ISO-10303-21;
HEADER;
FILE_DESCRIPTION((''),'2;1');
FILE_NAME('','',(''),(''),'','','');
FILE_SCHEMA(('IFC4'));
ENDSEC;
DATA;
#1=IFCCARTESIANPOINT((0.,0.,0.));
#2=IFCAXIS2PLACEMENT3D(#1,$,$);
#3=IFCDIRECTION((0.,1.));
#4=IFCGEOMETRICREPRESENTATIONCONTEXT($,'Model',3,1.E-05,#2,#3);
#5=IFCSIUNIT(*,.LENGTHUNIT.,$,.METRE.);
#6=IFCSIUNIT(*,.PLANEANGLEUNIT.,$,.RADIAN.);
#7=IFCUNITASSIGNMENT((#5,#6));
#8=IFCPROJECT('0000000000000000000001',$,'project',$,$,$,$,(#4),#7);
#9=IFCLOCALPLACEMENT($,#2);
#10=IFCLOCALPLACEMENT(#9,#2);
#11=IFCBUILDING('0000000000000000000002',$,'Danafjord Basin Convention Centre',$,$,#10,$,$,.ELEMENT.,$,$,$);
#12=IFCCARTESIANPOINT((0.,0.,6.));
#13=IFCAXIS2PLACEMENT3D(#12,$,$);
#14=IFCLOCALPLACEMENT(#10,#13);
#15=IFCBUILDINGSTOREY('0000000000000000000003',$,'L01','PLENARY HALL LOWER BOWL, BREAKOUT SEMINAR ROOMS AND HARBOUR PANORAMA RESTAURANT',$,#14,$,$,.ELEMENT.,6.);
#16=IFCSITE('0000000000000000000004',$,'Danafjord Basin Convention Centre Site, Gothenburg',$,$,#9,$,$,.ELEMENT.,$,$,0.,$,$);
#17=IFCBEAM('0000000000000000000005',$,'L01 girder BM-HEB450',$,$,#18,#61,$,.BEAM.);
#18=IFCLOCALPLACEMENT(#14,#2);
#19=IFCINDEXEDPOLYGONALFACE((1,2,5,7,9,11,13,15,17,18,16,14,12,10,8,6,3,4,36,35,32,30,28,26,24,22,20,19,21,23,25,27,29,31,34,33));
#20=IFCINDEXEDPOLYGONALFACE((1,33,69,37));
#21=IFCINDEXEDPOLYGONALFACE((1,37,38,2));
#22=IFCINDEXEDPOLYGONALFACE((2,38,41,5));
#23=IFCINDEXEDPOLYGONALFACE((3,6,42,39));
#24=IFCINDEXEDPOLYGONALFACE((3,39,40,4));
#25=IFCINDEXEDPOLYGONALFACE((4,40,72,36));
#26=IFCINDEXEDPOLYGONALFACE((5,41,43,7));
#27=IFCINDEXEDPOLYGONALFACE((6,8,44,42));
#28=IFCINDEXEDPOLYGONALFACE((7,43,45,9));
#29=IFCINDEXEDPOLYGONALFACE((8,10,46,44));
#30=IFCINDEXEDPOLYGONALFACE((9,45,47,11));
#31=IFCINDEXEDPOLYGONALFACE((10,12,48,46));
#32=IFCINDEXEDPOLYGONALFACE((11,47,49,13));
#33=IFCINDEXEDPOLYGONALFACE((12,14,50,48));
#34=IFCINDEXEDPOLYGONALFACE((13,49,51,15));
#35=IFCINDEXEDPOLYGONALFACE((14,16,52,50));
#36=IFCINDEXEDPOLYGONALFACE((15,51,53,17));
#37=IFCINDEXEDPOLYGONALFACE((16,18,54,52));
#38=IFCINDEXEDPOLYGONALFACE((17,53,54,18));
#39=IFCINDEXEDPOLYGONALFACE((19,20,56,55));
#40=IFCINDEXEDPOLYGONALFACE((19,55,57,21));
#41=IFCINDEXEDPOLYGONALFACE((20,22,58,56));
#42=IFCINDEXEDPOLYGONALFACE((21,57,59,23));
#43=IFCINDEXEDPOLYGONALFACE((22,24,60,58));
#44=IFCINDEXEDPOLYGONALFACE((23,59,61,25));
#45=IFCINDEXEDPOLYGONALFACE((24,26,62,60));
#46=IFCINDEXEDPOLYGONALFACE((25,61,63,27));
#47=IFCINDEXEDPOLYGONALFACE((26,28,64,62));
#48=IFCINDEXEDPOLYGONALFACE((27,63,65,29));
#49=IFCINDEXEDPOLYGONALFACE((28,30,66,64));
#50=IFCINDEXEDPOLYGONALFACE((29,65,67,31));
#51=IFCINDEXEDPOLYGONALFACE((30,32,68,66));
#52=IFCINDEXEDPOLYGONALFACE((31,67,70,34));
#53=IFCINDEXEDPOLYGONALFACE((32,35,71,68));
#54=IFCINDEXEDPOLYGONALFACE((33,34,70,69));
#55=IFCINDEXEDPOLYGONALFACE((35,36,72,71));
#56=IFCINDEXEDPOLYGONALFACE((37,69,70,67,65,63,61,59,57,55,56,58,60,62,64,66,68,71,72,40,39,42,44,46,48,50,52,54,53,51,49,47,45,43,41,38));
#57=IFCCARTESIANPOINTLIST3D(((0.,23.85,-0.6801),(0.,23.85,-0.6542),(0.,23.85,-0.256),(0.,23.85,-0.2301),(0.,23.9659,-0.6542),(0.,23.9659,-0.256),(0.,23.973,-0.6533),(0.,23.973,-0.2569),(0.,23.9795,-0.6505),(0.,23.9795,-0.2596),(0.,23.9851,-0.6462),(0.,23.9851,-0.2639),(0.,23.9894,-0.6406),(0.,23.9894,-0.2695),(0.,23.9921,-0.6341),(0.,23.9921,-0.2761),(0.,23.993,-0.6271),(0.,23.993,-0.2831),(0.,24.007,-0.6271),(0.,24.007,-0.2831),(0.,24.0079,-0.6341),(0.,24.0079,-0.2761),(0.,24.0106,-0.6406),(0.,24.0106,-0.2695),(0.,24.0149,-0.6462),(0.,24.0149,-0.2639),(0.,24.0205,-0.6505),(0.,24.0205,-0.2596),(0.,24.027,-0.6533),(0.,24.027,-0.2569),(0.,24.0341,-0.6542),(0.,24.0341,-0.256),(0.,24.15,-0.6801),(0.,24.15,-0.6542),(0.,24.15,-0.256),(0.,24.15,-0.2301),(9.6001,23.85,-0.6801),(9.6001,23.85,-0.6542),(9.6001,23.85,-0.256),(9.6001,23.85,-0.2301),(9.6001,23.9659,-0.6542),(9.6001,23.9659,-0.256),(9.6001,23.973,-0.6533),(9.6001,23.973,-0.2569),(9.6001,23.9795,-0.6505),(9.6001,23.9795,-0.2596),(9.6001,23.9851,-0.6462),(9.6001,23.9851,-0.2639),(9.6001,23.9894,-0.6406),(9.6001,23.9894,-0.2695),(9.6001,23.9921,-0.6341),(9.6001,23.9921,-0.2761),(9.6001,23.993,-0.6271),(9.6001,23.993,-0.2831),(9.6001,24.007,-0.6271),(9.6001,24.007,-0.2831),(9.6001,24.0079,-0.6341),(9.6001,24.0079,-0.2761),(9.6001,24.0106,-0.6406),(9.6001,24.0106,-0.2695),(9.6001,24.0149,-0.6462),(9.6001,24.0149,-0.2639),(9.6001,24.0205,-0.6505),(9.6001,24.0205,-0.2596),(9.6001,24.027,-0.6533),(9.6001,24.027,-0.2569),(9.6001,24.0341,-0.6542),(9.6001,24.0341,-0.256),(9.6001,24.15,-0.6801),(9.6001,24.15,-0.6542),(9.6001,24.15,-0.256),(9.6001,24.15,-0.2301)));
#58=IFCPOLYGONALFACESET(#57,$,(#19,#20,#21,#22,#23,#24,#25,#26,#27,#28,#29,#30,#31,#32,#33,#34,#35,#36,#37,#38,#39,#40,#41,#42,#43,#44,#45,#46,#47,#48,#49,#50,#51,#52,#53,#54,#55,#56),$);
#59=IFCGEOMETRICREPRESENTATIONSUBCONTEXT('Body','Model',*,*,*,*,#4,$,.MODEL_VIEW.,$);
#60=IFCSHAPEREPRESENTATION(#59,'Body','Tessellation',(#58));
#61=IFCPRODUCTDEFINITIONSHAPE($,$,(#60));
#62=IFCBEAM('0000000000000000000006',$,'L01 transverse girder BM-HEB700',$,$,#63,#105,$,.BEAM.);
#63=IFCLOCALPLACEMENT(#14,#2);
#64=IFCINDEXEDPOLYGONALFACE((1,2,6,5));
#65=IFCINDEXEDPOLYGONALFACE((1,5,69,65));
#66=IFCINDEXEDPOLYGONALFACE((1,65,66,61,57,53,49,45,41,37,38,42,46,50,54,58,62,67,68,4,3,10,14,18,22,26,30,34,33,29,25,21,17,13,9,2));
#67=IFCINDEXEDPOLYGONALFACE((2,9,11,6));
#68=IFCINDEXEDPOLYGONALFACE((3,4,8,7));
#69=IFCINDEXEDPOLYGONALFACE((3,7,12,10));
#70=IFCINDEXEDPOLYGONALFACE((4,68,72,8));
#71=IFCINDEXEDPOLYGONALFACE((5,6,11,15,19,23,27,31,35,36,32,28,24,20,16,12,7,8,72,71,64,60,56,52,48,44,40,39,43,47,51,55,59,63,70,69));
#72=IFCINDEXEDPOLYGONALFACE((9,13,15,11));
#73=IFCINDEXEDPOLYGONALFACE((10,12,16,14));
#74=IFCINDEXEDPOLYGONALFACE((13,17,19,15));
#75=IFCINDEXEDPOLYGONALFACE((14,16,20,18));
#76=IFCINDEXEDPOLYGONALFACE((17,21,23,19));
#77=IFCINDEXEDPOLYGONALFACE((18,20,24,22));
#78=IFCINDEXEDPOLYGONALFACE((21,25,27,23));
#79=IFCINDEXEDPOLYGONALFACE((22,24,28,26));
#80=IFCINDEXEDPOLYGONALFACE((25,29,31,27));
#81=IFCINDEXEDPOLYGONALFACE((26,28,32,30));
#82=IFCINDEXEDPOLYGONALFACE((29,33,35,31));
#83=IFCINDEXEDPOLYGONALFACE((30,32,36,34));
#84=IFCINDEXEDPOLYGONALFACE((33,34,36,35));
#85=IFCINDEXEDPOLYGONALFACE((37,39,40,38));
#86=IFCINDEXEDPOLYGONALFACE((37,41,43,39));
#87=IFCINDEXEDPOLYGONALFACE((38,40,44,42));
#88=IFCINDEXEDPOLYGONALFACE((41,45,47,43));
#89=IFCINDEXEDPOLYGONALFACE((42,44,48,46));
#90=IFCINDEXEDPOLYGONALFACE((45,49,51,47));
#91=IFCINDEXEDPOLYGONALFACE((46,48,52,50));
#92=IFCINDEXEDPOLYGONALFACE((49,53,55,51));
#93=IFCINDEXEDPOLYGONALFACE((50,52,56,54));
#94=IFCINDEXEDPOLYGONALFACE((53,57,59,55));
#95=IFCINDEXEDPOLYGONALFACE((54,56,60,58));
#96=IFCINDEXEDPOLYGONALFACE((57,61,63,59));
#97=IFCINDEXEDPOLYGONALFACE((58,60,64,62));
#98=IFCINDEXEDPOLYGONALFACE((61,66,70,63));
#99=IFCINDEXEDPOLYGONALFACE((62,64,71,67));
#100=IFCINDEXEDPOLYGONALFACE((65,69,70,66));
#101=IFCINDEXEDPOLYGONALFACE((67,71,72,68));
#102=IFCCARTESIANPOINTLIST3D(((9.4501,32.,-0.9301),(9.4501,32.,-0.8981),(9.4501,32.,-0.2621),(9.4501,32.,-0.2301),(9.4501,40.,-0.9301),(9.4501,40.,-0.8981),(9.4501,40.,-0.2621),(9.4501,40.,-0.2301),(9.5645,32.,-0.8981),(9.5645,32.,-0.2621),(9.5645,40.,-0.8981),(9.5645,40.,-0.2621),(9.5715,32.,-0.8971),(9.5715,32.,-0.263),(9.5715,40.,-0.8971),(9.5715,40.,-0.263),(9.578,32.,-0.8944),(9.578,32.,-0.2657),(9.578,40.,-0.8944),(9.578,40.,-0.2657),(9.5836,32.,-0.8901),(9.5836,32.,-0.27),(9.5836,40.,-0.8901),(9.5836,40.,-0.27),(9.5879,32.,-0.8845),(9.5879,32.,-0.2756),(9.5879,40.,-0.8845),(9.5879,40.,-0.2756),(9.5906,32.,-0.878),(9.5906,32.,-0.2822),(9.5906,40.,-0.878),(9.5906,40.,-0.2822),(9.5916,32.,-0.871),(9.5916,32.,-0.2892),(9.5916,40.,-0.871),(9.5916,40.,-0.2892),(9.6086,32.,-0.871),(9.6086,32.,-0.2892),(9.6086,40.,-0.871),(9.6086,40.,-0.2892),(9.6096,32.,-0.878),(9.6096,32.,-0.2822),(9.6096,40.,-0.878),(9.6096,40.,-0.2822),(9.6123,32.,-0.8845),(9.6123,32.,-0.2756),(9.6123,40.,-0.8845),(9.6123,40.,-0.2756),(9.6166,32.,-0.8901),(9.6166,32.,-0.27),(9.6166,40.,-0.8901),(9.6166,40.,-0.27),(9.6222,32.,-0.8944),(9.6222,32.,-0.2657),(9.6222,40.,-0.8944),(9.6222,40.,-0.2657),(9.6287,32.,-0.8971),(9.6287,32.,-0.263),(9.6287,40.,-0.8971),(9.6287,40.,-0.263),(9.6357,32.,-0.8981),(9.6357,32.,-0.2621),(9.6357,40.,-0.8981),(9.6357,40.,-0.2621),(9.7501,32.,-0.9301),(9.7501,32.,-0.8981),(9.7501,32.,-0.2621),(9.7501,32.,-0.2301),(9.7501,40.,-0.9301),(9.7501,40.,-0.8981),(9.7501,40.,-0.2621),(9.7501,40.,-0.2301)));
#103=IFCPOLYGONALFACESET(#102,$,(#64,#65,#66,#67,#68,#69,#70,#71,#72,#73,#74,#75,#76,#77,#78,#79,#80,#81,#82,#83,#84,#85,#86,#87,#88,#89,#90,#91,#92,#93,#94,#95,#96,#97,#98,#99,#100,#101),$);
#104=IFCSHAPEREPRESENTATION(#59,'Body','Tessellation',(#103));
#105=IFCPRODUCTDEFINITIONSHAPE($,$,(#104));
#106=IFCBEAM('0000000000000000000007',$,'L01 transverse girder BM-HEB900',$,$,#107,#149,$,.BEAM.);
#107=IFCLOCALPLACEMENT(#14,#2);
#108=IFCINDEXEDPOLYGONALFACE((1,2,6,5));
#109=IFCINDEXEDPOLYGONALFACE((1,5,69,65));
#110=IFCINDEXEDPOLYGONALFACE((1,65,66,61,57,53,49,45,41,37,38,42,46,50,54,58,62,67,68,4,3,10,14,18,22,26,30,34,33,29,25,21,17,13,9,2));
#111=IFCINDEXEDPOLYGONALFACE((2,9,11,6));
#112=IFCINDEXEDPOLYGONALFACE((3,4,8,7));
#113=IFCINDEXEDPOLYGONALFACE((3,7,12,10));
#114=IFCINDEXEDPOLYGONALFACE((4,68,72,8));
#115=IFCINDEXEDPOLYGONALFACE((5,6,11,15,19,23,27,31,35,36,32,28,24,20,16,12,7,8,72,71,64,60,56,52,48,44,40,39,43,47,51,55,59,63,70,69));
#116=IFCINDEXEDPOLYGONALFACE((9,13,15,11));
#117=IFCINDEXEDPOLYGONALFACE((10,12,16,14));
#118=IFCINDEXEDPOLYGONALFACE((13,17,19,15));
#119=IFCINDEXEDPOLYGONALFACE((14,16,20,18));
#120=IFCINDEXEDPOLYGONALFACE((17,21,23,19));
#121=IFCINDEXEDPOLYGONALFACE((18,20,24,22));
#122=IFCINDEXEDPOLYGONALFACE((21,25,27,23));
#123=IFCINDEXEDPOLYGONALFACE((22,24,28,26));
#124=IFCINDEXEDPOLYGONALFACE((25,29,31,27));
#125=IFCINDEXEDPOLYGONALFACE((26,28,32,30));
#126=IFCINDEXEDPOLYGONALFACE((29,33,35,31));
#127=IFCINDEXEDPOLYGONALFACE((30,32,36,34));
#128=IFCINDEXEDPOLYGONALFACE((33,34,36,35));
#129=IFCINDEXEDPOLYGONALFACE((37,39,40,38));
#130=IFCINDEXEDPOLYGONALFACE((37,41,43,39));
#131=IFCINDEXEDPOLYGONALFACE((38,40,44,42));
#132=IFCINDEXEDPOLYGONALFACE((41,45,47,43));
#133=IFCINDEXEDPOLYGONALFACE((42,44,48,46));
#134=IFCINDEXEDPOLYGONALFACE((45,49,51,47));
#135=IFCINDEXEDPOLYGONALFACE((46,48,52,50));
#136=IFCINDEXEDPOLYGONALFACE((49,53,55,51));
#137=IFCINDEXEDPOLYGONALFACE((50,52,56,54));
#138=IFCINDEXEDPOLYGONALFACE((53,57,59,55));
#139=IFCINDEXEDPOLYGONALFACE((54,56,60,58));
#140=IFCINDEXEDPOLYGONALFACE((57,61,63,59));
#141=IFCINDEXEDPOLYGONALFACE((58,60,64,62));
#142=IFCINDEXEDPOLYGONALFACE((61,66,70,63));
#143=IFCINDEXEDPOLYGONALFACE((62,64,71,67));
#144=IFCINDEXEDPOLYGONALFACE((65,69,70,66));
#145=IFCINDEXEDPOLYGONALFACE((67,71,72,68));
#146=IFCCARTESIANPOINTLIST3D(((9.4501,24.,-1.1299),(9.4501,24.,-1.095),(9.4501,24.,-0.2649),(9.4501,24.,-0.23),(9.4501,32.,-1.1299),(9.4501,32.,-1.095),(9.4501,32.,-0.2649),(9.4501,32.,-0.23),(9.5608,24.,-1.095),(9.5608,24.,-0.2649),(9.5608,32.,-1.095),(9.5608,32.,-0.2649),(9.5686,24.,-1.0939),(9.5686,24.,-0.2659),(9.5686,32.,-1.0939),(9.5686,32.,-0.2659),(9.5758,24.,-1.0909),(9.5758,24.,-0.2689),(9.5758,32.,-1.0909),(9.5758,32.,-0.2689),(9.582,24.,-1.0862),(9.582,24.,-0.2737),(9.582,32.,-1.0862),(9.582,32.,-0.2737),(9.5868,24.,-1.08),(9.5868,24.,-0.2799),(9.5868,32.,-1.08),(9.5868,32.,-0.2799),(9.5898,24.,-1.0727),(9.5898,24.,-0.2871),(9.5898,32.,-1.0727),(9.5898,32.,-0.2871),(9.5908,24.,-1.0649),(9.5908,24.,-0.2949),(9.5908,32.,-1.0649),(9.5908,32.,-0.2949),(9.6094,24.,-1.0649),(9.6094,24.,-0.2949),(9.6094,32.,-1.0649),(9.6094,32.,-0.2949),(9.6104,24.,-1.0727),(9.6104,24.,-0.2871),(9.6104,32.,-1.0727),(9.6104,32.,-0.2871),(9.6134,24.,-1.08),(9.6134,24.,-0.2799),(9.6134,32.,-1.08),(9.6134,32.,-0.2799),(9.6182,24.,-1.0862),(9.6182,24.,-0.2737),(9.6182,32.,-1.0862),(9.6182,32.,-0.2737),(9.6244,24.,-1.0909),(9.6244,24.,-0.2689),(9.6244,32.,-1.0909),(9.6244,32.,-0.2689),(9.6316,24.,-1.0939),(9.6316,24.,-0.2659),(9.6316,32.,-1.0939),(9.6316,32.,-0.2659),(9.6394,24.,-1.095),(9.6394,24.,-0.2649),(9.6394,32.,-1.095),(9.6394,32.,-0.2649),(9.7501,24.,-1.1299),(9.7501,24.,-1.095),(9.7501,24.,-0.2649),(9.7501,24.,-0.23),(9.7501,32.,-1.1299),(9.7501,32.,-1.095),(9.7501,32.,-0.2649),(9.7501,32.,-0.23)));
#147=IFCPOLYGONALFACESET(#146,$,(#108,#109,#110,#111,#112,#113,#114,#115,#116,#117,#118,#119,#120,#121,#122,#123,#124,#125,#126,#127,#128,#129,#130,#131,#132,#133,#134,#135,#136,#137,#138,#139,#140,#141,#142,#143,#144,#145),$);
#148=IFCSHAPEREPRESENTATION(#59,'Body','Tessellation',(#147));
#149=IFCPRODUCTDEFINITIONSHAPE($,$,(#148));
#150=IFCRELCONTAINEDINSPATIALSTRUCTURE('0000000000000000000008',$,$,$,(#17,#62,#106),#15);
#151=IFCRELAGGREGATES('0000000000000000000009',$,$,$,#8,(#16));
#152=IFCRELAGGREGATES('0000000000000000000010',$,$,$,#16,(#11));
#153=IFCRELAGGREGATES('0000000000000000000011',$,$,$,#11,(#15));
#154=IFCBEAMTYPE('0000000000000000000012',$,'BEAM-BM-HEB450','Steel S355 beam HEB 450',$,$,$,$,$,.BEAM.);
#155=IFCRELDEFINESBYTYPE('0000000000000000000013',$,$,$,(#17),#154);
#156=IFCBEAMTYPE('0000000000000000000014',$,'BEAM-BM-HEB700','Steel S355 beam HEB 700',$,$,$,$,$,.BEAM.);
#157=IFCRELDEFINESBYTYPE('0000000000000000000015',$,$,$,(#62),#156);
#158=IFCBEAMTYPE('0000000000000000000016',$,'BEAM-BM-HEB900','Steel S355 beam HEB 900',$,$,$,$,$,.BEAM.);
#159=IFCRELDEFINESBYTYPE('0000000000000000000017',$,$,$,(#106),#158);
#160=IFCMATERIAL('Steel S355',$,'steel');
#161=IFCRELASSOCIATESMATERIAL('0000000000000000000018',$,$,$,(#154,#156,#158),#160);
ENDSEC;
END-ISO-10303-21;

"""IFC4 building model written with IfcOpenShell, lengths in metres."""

from ifc_helpers import new_model, si_unit, direction, frame, origin, origin_2d, place, context, subcontext, project, spatial, i_section, extrude, material, material_profile, profile_set, type_object, element, save


model = new_model("IFC4")

# Units and contexts
model_context = context("Model", 3, precision=1e-05, world=origin(), true_north=direction((0.0, 1.0)))
body_context = subcontext(model_context, "Body", "Model", "MODEL_VIEW")
ifc_project = project(units=[si_unit("LENGTHUNIT", "METRE"), si_unit("PLANEANGLEUNIT", "RADIAN")], contexts=[model_context])

# Site, building, storey
site_placement = place(None, origin())
site = spatial("IfcSite", under=ifc_project, at=site_placement, Name="Danafjord Basin Convention Centre Site, Gothenburg", CompositionType="ELEMENT", RefElevation=0.0)
building_placement = place(site_placement, origin())
building = spatial("IfcBuilding", under=site, at=building_placement, Name="Danafjord Basin Convention Centre", CompositionType="ELEMENT")
storey_placement = place(building_placement, frame((0.0, 0.0, 6.0)))
storey = spatial("IfcBuildingStorey", under=building, at=storey_placement, Name="L01", Description="PLENARY HALL LOWER BOWL, BREAKOUT SEMINAR ROOMS AND HARBOUR PANORAMA RESTAURANT", CompositionType="ELEMENT", Elevation=6.0)

# Shared definitions
ifc_material_1 = material(Name="Steel S355", Category="steel")

# Beams
ifc_material_profile_1 = material_profile(ifc_material_1, i_section(OverallWidth=0.3, OverallDepth=0.45, WebThickness=0.0139, FlangeThickness=0.0259, FilletRadius=0.0271, at=origin_2d()), Name="HEB 450")
ifc_profile_set_1 = profile_set([ifc_material_profile_1], Name="Steel S355")
beam_type_1 = type_object("IfcBeamType", Name="BEAM-BM-HEB450", Description="Steel S355 beam HEB 450", PredefinedType="BEAM", material=ifc_profile_set_1)
beam_1_placement = place(storey_placement, frame((0.0, 24.0, -0.4551), z_axis=(1.0, 0.0, 0.0), x_axis=(0.0, 1.0, 0.0)))
element("IfcBeam", 1, at=beam_1_placement, inside=storey, type_object=beam_type_1, Name="L01 girder BM-HEB450", PredefinedType="BEAM", context=body_context, shape_type="SweptSolid", body=[
    extrude(i_section(OverallWidth=0.3, OverallDepth=0.45, WebThickness=0.0139, FlangeThickness=0.0259, FilletRadius=0.0271, at=origin_2d()), origin(), (0.0, 0.0, 1.0), 9.6001),
])
ifc_material_profile_2 = material_profile(ifc_material_1, i_section(OverallWidth=0.3, OverallDepth=0.7, WebThickness=0.0171, FlangeThickness=0.032, FilletRadius=0.0271, at=origin_2d()), Name="HEB 700")
ifc_profile_set_2 = profile_set([ifc_material_profile_2], Name="Steel S355")
beam_type_2 = type_object("IfcBeamType", Name="BEAM-BM-HEB700", Description="Steel S355 beam HEB 700", PredefinedType="BEAM", material=ifc_profile_set_2)
beam_2_placement = place(storey_placement, frame((9.6001, 32.0, -0.5801), z_axis=(0.0, 1.0, 0.0), x_axis=(-1.0, 0.0, 0.0)))
element("IfcBeam", 2, at=beam_2_placement, inside=storey, type_object=beam_type_2, Name="L01 transverse girder BM-HEB700", PredefinedType="BEAM", context=body_context, shape_type="SweptSolid", body=[
    extrude(i_section(OverallWidth=0.3, OverallDepth=0.7, WebThickness=0.0171, FlangeThickness=0.032, FilletRadius=0.0271, at=origin_2d()), origin(), (0.0, 0.0, 1.0), 8.0),
])
ifc_material_profile_3 = material_profile(ifc_material_1, i_section(OverallWidth=0.3, OverallDepth=0.8999, WebThickness=0.0186, FlangeThickness=0.0349, FilletRadius=0.03, at=origin_2d()), Name="HEB 900")
ifc_profile_set_3 = profile_set([ifc_material_profile_3], Name="Steel S355")
beam_type_3 = type_object("IfcBeamType", Name="BEAM-BM-HEB900", Description="Steel S355 beam HEB 900", PredefinedType="BEAM", material=ifc_profile_set_3)
beam_3_placement = place(storey_placement, frame((9.6001, 24.0, -0.6799), z_axis=(0.0, 1.0, 0.0), x_axis=(-1.0, 0.0, 0.0)))
element("IfcBeam", 3, at=beam_3_placement, inside=storey, type_object=beam_type_3, Name="L01 transverse girder BM-HEB900", PredefinedType="BEAM", context=body_context, shape_type="SweptSolid", body=[
    extrude(i_section(OverallWidth=0.3, OverallDepth=0.8999, WebThickness=0.0186, FlangeThickness=0.0349, FilletRadius=0.03, at=origin_2d()), origin(), (0.0, 0.0, 1.0), 8.0),
])

save(model, "model.ifc")
